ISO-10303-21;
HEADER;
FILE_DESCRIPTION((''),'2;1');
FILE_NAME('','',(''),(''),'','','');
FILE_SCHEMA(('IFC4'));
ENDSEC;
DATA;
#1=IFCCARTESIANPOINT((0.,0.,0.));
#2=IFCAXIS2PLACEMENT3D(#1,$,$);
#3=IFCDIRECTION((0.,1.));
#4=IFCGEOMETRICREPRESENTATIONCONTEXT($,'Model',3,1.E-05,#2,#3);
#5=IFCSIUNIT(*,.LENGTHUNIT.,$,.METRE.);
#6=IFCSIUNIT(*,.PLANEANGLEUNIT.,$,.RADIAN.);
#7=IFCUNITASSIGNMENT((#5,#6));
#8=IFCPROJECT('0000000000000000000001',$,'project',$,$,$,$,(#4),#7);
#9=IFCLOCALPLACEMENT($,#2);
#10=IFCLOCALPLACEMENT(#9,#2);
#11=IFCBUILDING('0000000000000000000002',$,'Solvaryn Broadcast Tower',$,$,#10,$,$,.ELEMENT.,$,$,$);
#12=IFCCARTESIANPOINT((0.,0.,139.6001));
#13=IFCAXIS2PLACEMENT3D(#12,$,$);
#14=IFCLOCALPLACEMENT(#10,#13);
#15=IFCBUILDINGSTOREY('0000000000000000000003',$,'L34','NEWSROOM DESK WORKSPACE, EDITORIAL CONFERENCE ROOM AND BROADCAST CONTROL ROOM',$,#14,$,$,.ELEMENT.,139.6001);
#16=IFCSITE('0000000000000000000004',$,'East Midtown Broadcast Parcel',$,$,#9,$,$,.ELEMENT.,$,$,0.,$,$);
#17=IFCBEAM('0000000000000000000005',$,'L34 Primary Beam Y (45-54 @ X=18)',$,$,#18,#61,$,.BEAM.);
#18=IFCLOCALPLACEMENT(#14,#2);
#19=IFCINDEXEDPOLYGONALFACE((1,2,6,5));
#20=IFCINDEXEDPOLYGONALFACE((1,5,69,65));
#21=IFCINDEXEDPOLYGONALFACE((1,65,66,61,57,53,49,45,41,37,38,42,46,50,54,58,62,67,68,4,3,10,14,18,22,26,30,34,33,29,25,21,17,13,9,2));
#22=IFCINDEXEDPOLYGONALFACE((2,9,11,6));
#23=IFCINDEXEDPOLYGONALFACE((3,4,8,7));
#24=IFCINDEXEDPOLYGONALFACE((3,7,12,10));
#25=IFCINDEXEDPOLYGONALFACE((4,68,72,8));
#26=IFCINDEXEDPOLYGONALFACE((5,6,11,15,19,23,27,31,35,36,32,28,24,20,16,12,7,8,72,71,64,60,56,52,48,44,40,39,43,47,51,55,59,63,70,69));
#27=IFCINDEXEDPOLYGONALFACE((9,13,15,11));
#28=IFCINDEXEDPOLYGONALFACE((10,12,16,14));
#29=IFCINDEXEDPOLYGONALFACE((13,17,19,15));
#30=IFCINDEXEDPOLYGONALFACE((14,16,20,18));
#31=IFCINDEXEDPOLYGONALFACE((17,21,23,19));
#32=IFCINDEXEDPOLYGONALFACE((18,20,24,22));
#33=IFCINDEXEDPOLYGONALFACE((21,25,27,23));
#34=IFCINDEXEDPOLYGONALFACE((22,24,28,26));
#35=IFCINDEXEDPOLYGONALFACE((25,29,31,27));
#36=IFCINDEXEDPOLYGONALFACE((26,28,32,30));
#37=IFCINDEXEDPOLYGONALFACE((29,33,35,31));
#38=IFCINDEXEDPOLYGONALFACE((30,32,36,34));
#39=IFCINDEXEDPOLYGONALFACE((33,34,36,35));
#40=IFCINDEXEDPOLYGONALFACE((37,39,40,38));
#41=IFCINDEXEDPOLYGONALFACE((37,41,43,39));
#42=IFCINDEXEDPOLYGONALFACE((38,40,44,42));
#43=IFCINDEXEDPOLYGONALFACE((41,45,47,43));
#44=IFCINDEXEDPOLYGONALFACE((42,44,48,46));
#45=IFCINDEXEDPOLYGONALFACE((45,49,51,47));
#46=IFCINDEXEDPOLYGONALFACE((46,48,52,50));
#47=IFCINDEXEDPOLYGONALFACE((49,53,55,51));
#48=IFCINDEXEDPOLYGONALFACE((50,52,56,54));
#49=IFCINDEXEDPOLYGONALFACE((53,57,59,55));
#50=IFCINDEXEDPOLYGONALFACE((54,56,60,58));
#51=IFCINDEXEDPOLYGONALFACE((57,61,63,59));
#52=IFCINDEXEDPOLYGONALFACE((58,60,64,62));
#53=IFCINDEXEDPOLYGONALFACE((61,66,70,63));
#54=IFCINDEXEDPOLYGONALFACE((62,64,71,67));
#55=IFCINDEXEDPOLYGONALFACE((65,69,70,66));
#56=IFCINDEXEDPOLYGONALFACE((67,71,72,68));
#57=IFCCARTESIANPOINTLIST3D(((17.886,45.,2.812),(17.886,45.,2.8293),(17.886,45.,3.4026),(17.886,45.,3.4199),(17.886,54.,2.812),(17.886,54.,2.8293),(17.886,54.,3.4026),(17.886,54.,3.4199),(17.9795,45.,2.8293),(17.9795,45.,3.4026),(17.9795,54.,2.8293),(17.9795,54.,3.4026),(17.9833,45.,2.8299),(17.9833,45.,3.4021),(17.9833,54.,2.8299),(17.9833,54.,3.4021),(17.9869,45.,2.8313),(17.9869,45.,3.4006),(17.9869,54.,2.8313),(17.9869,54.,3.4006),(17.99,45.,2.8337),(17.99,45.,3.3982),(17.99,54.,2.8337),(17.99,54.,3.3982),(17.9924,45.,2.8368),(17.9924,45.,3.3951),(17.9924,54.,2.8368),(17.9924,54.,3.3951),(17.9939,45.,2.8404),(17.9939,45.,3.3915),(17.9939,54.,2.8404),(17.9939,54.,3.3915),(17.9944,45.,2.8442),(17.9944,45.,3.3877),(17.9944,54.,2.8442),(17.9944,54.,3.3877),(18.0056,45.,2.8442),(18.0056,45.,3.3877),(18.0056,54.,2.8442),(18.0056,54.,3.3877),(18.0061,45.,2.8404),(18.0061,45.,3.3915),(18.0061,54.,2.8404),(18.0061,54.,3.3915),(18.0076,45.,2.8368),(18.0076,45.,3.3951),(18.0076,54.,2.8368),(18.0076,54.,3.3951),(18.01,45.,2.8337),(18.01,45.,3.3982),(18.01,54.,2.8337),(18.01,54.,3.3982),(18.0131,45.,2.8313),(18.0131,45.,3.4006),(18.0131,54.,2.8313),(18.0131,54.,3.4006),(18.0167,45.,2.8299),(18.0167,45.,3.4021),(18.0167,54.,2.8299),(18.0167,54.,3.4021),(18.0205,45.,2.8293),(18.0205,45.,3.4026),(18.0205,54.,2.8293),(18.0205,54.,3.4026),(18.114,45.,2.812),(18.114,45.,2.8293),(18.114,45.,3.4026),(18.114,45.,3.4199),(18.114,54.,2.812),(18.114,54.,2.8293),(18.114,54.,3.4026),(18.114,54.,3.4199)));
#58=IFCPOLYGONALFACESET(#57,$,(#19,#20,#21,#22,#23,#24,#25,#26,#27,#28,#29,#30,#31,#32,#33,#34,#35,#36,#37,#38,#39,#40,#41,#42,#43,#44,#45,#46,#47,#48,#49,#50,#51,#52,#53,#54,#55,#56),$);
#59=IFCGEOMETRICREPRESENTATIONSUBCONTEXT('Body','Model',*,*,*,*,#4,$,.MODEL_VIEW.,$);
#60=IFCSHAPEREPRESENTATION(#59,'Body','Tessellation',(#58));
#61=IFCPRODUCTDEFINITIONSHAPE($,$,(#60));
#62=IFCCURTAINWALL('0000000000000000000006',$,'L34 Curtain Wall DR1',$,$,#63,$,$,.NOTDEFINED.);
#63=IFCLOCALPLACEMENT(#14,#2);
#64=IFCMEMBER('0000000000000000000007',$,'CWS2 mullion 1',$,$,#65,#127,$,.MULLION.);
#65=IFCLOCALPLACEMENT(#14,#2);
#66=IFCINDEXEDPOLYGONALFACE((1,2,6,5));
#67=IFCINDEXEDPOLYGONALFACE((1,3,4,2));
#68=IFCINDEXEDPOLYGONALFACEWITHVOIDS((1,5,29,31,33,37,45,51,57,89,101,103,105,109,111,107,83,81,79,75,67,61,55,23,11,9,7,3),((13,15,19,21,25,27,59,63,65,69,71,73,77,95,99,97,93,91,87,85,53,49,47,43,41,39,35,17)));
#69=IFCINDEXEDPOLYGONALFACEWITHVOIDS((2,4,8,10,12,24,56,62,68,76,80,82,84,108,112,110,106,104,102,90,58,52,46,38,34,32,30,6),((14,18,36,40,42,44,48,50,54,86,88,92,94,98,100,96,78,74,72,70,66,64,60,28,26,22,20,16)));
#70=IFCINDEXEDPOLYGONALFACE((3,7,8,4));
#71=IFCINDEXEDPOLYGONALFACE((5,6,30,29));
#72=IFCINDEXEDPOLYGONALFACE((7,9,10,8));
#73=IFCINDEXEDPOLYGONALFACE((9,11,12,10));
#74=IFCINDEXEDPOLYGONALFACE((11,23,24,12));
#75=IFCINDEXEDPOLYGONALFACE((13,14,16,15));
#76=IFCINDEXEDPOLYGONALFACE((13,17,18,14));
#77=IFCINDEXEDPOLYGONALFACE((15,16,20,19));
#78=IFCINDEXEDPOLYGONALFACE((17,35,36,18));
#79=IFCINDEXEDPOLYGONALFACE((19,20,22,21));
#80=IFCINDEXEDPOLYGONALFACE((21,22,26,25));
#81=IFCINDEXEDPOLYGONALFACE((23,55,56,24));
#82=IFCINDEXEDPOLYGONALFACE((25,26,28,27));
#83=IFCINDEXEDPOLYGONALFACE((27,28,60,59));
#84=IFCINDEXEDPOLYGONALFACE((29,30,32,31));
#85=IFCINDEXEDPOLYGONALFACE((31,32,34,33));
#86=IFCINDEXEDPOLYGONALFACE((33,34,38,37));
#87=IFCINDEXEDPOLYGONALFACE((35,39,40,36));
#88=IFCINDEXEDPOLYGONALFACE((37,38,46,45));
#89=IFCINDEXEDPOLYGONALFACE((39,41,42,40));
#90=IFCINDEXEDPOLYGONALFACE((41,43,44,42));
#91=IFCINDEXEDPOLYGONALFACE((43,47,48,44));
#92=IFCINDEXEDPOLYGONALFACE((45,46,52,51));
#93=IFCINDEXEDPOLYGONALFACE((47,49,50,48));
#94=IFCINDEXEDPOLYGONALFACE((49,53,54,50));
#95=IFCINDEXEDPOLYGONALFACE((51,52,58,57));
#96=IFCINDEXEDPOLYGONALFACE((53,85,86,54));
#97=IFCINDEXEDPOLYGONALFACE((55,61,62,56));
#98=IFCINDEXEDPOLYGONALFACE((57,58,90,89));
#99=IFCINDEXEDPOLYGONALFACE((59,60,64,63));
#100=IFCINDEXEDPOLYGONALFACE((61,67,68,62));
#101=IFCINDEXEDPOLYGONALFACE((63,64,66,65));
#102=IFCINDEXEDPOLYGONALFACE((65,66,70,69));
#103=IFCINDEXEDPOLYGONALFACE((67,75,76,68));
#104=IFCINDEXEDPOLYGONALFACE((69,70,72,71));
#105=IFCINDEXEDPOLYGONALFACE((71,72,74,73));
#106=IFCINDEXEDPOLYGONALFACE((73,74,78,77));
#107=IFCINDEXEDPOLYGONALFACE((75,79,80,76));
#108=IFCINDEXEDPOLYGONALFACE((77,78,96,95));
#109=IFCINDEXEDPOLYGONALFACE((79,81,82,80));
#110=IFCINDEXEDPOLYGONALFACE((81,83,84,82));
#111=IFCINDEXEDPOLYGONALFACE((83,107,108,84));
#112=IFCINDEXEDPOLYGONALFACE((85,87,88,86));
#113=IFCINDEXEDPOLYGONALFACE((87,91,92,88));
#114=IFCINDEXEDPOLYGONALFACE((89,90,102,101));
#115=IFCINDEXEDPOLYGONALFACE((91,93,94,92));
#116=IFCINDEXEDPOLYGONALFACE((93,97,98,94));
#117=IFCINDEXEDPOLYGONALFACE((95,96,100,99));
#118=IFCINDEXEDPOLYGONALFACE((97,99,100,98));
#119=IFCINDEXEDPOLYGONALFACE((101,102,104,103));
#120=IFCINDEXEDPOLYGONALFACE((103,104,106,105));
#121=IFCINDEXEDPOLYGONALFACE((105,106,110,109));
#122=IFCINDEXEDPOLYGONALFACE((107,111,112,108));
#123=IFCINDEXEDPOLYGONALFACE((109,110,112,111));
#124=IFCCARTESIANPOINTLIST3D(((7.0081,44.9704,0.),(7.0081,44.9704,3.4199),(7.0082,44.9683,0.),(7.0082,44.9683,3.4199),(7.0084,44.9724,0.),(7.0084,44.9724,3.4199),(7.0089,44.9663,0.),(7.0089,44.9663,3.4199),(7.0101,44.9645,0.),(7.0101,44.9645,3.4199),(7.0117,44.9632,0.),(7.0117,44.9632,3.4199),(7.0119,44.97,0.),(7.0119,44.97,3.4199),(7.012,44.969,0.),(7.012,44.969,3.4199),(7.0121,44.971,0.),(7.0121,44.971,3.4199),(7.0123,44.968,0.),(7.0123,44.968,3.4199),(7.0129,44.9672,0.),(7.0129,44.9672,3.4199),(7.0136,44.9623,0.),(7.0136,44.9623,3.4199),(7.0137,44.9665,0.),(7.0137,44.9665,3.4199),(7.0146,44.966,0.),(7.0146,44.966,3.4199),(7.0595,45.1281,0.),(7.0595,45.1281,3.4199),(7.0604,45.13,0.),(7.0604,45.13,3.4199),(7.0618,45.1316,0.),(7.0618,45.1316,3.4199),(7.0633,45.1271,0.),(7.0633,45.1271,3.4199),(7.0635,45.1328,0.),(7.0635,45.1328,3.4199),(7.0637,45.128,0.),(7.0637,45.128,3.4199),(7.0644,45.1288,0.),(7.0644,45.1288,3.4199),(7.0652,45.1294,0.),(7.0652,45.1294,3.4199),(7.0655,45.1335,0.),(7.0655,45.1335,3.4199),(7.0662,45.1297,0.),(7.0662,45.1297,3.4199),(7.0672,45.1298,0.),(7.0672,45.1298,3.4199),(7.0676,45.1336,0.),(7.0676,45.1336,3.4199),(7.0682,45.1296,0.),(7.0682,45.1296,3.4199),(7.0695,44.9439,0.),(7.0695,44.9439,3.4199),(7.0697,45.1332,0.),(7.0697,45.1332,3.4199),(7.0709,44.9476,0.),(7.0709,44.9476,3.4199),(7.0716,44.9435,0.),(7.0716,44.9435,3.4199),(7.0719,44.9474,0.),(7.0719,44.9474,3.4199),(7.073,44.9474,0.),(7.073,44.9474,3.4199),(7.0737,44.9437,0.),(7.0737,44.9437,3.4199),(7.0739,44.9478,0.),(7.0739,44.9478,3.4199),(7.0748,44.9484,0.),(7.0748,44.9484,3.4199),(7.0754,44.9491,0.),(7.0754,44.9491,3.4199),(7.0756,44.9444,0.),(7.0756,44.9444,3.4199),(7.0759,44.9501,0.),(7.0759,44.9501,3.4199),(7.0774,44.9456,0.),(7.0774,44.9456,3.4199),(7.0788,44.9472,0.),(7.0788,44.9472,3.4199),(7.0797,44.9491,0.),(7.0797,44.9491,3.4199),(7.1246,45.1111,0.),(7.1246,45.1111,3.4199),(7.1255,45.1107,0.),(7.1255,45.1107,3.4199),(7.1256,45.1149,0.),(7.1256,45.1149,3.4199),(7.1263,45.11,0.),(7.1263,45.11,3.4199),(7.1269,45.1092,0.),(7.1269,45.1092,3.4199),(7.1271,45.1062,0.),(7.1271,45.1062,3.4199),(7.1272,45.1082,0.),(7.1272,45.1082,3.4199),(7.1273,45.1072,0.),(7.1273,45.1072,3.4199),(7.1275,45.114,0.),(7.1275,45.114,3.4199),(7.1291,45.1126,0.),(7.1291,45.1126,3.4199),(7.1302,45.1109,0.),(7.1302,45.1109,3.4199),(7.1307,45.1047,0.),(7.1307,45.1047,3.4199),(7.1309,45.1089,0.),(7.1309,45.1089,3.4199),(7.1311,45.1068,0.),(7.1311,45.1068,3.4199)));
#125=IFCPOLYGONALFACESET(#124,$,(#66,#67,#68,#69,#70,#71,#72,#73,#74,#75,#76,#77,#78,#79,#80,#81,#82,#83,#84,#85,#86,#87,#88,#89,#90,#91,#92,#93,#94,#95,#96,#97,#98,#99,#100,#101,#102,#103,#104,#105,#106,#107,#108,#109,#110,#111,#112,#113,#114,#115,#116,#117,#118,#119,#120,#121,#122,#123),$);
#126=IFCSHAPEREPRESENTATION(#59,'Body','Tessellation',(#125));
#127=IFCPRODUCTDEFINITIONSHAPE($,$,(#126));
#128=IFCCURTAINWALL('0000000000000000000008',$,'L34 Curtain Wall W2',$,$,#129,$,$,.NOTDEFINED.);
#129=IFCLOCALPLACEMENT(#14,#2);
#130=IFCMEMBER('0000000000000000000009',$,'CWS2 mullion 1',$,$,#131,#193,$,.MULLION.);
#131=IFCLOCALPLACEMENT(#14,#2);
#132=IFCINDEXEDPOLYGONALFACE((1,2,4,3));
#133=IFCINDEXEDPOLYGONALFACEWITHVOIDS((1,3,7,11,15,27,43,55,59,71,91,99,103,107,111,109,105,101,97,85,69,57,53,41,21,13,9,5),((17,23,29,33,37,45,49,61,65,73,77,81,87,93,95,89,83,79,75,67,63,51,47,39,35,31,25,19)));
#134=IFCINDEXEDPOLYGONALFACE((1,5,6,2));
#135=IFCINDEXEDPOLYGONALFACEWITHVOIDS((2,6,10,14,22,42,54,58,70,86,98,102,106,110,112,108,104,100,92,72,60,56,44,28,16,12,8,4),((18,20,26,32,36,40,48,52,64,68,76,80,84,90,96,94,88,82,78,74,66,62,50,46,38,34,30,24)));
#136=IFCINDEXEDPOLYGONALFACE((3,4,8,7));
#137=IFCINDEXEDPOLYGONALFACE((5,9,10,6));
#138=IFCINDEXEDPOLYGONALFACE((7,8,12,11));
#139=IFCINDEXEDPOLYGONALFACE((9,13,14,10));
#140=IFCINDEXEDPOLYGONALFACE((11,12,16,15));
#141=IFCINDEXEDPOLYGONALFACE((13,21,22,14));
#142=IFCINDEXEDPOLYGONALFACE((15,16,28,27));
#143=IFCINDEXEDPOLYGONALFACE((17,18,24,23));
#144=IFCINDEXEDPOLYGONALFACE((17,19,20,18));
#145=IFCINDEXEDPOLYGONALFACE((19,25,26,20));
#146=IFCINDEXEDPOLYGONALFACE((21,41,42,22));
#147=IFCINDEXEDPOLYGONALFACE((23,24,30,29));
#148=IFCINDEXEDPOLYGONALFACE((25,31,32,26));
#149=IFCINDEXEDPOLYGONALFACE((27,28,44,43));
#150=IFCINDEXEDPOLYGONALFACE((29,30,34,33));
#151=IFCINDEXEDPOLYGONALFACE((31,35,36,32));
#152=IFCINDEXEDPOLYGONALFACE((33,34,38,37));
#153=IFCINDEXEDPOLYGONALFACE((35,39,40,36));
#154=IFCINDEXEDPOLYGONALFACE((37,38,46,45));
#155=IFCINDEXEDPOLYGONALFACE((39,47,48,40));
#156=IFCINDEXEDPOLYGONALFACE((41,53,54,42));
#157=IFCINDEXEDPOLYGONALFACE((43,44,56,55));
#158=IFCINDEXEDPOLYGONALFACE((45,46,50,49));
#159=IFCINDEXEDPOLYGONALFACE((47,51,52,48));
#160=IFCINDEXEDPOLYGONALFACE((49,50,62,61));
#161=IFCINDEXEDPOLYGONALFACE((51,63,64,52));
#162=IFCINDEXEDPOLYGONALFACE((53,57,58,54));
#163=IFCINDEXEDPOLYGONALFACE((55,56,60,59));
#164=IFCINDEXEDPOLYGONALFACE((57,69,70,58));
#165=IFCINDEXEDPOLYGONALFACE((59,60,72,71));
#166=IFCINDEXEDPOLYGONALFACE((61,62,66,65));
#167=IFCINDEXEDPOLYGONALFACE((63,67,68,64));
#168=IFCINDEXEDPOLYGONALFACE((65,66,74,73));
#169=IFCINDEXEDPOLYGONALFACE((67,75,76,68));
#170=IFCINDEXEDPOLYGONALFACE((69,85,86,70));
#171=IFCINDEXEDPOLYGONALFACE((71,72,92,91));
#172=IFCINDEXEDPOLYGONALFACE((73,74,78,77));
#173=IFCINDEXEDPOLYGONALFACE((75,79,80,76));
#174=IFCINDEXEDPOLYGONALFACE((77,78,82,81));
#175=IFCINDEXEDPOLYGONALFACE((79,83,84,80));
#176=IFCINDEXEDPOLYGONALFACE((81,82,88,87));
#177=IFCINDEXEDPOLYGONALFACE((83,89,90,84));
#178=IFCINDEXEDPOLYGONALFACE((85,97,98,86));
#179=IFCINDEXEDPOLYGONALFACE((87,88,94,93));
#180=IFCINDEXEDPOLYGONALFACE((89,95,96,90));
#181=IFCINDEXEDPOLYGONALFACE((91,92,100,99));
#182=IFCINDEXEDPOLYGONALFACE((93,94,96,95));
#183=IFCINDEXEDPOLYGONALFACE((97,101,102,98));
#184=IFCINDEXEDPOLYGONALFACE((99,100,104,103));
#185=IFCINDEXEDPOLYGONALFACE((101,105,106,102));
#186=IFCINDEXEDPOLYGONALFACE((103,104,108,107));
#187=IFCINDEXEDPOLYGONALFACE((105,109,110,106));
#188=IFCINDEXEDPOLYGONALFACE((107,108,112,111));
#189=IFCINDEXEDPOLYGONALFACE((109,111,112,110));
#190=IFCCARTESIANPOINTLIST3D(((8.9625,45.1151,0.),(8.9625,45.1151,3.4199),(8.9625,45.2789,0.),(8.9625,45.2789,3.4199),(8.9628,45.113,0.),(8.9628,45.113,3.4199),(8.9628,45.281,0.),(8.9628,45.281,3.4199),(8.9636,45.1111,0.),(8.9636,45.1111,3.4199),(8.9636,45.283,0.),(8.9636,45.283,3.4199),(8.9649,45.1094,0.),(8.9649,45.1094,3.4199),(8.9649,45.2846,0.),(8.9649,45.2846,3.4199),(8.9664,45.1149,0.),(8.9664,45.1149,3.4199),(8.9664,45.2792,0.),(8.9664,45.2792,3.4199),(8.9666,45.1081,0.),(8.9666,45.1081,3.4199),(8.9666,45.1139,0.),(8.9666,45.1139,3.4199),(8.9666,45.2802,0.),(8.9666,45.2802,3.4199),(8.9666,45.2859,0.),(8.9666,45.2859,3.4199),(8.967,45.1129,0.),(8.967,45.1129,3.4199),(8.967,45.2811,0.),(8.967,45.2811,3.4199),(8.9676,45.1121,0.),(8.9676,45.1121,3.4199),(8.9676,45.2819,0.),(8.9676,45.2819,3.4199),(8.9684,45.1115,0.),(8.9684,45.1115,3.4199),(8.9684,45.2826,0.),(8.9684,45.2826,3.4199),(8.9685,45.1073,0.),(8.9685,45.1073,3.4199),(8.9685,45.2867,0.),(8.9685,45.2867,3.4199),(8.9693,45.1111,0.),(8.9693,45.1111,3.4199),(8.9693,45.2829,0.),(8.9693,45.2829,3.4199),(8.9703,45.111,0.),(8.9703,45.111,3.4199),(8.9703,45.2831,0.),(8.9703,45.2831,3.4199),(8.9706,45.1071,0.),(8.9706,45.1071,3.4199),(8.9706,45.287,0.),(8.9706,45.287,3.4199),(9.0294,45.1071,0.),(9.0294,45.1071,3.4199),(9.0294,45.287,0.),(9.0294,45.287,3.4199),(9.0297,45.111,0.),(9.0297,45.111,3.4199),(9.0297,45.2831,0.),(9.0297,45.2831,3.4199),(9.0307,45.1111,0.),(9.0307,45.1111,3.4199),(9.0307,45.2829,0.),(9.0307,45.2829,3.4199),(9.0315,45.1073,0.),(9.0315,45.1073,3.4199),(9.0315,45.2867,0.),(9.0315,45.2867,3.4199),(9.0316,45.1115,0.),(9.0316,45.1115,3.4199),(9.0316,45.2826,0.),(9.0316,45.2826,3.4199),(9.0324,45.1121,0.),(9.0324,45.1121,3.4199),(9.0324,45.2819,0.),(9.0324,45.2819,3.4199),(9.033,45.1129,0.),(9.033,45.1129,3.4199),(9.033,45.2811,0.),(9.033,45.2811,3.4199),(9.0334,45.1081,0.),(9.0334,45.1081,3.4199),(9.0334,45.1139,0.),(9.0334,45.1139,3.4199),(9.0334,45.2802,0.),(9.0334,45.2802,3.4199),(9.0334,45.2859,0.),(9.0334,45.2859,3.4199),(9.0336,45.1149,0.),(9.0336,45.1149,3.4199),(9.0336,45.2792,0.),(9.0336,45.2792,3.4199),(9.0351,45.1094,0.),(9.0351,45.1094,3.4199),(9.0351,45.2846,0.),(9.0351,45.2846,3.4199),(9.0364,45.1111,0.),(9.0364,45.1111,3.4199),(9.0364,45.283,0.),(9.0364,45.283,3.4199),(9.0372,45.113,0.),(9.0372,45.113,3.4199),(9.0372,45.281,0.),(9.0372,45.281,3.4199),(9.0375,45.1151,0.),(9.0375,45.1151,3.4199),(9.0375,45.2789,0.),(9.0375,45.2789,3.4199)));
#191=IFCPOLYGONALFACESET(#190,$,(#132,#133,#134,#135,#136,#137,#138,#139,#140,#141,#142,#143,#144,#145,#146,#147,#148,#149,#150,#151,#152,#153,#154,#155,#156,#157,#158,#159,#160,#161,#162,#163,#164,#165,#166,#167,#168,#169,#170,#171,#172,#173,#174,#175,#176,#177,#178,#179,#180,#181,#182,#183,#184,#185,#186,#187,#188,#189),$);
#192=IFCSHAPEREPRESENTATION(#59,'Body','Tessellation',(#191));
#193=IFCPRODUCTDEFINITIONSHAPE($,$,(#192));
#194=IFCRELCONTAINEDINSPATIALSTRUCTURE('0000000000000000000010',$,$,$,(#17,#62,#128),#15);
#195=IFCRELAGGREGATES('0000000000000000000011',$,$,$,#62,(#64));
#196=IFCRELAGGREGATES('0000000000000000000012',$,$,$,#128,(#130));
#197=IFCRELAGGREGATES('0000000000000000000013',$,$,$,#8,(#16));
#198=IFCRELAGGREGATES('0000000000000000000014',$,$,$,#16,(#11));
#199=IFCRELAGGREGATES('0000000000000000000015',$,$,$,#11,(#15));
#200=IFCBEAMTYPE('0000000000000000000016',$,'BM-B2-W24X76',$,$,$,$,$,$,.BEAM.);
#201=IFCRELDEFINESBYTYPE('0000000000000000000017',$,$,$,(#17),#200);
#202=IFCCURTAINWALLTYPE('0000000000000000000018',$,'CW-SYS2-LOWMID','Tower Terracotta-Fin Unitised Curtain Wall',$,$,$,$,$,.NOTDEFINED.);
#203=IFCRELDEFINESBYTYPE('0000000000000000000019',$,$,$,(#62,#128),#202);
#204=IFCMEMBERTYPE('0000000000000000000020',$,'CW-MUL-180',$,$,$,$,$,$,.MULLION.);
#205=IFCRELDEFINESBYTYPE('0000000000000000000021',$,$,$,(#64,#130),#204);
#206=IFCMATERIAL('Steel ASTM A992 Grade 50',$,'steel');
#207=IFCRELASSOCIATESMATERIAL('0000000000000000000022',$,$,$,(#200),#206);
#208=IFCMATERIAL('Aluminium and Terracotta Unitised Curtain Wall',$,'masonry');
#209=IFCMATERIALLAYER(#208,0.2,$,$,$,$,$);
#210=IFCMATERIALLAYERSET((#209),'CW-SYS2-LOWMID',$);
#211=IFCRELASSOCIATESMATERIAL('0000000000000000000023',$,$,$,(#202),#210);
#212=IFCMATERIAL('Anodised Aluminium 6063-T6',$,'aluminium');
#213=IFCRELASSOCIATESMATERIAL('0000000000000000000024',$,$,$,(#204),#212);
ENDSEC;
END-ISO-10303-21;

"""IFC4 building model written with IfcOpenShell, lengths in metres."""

from ifc_helpers import new_model, si_unit, direction, frame, origin, origin_2d, place, context, subcontext, project, spatial, hollow_rectangle, i_section, extrude, material, layer, layer_set, material_profile, profile_set, type_object, element, aggregate, save


model = new_model("IFC4")

# Units and contexts
model_context = context("Model", 3, precision=1e-05, world=origin(), true_north=direction((0.0, 1.0)))
body_context = subcontext(model_context, "Body", "Model", "MODEL_VIEW")
ifc_project = project(units=[si_unit("LENGTHUNIT", "METRE"), si_unit("PLANEANGLEUNIT", "RADIAN")], contexts=[model_context])

# Site, building, storey
site_placement = place(None, origin())
site = spatial("IfcSite", under=ifc_project, at=site_placement, Name="East Midtown Broadcast Parcel", CompositionType="ELEMENT", RefElevation=0.0)
building_placement = place(site_placement, origin())
building = spatial("IfcBuilding", under=site, at=building_placement, Name="Solvaryn Broadcast Tower", CompositionType="ELEMENT")
storey_placement = place(building_placement, frame((0.0, 0.0, 139.6001)))
storey = spatial("IfcBuildingStorey", under=building, at=storey_placement, Name="L34", Description="NEWSROOM DESK WORKSPACE, EDITORIAL CONFERENCE ROOM AND BROADCAST CONTROL ROOM", CompositionType="ELEMENT", Elevation=139.6001)

# Beam
ifc_material_1 = material(Name="Steel ASTM A992 Grade 50", Category="steel")
ifc_material_profile_1 = material_profile(ifc_material_1, i_section(OverallWidth=0.228, OverallDepth=0.6079, WebThickness=0.0112, FlangeThickness=0.0173, FilletRadius=0.0149, at=origin_2d()))
ifc_profile_set_1 = profile_set([ifc_material_profile_1], Name="Steel ASTM A992 Grade 50")
beam_type_1 = type_object("IfcBeamType", Name="BM-B2-W24X76", PredefinedType="BEAM", material=ifc_profile_set_1)
beam_1_placement = place(storey_placement, frame((18.0, 45.0, 3.116), z_axis=(0.0, 1.0, 0.0), x_axis=(-1.0, 0.0, 0.0)))
element("IfcBeam", 1, at=beam_1_placement, inside=storey, type_object=beam_type_1, Name="L34 Primary Beam Y (45-54 @ X=18)", PredefinedType="BEAM", context=body_context, shape_type="SweptSolid", body=[
    extrude(i_section(OverallWidth=0.228, OverallDepth=0.6079, WebThickness=0.0112, FlangeThickness=0.0173, FilletRadius=0.0149, at=origin_2d()), origin(), (0.0, 0.0, 1.0), 9.0),
])

# Curtain walls, members
ifc_material_2 = material(Name="Aluminium and Terracotta Unitised Curtain Wall", Category="masonry")
ifc_layer_1 = layer(ifc_material_2, 0.2)
ifc_layer_set_1 = layer_set([ifc_layer_1], Name="CW-SYS2-LOWMID")
curtain_wall_type = type_object("IfcCurtainWallType", Name="CW-SYS2-LOWMID", Description="Tower Terracotta-Fin Unitised Curtain Wall", PredefinedType="NOTDEFINED", material=ifc_layer_set_1)
curtain_wall_1_placement = place(storey_placement, origin())
curtain_wall_1 = element("IfcCurtainWall", 2, at=curtain_wall_1_placement, inside=storey, type_object=curtain_wall_type, Name="L34 Curtain Wall DR1", PredefinedType="NOTDEFINED")
ifc_material_3 = material(Name="Anodised Aluminium 6063-T6", Category="aluminium")
ifc_material_profile_2 = material_profile(ifc_material_3, hollow_rectangle(XDim=0.075, YDim=0.1799, WallThickness=0.0039, InnerFilletRadius=0.0039, OuterFilletRadius=0.0081, at=origin_2d()))
ifc_profile_set_2 = profile_set([ifc_material_profile_2], Name="Anodised Aluminium 6063-T6")
member_type_1 = type_object("IfcMemberType", Name="CW-MUL-180", PredefinedType="MULLION", material=ifc_profile_set_2)
member_1_placement = place(storey_placement, frame((7.0696, 45.0386, 0.0), z_axis=(0.0, 0.0, 1.0), x_axis=(0.950198, -0.311646, 0.0)))
member_1 = element("IfcMember", 3, at=member_1_placement, type_object=member_type_1, Name="CWS2 mullion 1", PredefinedType="MULLION", context=body_context, shape_type="SweptSolid", body=[
    extrude(hollow_rectangle(XDim=0.075, YDim=0.1799, WallThickness=0.0039, InnerFilletRadius=0.0039, OuterFilletRadius=0.0081, at=origin_2d()), origin(), (0.0, 0.0, 1.0), 3.4199),
])
curtain_wall_2_placement = place(storey_placement, origin())
curtain_wall_2 = element("IfcCurtainWall", 4, at=curtain_wall_2_placement, inside=storey, type_object=curtain_wall_type, Name="L34 Curtain Wall W2", PredefinedType="NOTDEFINED")
member_2_placement = place(storey_placement, frame((9.0, 45.197, 0.0), z_axis=(0.0, 0.0, 1.0), x_axis=(-1.0, 0.0, 0.0)))
member_2 = element("IfcMember", 5, at=member_2_placement, type_object=member_type_1, Name="CWS2 mullion 1", PredefinedType="MULLION", context=body_context, shape_type="SweptSolid", body=[
    extrude(hollow_rectangle(XDim=0.075, YDim=0.1799, WallThickness=0.0039, InnerFilletRadius=0.0039, OuterFilletRadius=0.0081, at=origin_2d()), origin(), (0.0, 0.0, 1.0), 3.4199),
])

aggregate(curtain_wall_1, [member_1])
aggregate(curtain_wall_2, [member_2])

save(model, "model.ifc")
